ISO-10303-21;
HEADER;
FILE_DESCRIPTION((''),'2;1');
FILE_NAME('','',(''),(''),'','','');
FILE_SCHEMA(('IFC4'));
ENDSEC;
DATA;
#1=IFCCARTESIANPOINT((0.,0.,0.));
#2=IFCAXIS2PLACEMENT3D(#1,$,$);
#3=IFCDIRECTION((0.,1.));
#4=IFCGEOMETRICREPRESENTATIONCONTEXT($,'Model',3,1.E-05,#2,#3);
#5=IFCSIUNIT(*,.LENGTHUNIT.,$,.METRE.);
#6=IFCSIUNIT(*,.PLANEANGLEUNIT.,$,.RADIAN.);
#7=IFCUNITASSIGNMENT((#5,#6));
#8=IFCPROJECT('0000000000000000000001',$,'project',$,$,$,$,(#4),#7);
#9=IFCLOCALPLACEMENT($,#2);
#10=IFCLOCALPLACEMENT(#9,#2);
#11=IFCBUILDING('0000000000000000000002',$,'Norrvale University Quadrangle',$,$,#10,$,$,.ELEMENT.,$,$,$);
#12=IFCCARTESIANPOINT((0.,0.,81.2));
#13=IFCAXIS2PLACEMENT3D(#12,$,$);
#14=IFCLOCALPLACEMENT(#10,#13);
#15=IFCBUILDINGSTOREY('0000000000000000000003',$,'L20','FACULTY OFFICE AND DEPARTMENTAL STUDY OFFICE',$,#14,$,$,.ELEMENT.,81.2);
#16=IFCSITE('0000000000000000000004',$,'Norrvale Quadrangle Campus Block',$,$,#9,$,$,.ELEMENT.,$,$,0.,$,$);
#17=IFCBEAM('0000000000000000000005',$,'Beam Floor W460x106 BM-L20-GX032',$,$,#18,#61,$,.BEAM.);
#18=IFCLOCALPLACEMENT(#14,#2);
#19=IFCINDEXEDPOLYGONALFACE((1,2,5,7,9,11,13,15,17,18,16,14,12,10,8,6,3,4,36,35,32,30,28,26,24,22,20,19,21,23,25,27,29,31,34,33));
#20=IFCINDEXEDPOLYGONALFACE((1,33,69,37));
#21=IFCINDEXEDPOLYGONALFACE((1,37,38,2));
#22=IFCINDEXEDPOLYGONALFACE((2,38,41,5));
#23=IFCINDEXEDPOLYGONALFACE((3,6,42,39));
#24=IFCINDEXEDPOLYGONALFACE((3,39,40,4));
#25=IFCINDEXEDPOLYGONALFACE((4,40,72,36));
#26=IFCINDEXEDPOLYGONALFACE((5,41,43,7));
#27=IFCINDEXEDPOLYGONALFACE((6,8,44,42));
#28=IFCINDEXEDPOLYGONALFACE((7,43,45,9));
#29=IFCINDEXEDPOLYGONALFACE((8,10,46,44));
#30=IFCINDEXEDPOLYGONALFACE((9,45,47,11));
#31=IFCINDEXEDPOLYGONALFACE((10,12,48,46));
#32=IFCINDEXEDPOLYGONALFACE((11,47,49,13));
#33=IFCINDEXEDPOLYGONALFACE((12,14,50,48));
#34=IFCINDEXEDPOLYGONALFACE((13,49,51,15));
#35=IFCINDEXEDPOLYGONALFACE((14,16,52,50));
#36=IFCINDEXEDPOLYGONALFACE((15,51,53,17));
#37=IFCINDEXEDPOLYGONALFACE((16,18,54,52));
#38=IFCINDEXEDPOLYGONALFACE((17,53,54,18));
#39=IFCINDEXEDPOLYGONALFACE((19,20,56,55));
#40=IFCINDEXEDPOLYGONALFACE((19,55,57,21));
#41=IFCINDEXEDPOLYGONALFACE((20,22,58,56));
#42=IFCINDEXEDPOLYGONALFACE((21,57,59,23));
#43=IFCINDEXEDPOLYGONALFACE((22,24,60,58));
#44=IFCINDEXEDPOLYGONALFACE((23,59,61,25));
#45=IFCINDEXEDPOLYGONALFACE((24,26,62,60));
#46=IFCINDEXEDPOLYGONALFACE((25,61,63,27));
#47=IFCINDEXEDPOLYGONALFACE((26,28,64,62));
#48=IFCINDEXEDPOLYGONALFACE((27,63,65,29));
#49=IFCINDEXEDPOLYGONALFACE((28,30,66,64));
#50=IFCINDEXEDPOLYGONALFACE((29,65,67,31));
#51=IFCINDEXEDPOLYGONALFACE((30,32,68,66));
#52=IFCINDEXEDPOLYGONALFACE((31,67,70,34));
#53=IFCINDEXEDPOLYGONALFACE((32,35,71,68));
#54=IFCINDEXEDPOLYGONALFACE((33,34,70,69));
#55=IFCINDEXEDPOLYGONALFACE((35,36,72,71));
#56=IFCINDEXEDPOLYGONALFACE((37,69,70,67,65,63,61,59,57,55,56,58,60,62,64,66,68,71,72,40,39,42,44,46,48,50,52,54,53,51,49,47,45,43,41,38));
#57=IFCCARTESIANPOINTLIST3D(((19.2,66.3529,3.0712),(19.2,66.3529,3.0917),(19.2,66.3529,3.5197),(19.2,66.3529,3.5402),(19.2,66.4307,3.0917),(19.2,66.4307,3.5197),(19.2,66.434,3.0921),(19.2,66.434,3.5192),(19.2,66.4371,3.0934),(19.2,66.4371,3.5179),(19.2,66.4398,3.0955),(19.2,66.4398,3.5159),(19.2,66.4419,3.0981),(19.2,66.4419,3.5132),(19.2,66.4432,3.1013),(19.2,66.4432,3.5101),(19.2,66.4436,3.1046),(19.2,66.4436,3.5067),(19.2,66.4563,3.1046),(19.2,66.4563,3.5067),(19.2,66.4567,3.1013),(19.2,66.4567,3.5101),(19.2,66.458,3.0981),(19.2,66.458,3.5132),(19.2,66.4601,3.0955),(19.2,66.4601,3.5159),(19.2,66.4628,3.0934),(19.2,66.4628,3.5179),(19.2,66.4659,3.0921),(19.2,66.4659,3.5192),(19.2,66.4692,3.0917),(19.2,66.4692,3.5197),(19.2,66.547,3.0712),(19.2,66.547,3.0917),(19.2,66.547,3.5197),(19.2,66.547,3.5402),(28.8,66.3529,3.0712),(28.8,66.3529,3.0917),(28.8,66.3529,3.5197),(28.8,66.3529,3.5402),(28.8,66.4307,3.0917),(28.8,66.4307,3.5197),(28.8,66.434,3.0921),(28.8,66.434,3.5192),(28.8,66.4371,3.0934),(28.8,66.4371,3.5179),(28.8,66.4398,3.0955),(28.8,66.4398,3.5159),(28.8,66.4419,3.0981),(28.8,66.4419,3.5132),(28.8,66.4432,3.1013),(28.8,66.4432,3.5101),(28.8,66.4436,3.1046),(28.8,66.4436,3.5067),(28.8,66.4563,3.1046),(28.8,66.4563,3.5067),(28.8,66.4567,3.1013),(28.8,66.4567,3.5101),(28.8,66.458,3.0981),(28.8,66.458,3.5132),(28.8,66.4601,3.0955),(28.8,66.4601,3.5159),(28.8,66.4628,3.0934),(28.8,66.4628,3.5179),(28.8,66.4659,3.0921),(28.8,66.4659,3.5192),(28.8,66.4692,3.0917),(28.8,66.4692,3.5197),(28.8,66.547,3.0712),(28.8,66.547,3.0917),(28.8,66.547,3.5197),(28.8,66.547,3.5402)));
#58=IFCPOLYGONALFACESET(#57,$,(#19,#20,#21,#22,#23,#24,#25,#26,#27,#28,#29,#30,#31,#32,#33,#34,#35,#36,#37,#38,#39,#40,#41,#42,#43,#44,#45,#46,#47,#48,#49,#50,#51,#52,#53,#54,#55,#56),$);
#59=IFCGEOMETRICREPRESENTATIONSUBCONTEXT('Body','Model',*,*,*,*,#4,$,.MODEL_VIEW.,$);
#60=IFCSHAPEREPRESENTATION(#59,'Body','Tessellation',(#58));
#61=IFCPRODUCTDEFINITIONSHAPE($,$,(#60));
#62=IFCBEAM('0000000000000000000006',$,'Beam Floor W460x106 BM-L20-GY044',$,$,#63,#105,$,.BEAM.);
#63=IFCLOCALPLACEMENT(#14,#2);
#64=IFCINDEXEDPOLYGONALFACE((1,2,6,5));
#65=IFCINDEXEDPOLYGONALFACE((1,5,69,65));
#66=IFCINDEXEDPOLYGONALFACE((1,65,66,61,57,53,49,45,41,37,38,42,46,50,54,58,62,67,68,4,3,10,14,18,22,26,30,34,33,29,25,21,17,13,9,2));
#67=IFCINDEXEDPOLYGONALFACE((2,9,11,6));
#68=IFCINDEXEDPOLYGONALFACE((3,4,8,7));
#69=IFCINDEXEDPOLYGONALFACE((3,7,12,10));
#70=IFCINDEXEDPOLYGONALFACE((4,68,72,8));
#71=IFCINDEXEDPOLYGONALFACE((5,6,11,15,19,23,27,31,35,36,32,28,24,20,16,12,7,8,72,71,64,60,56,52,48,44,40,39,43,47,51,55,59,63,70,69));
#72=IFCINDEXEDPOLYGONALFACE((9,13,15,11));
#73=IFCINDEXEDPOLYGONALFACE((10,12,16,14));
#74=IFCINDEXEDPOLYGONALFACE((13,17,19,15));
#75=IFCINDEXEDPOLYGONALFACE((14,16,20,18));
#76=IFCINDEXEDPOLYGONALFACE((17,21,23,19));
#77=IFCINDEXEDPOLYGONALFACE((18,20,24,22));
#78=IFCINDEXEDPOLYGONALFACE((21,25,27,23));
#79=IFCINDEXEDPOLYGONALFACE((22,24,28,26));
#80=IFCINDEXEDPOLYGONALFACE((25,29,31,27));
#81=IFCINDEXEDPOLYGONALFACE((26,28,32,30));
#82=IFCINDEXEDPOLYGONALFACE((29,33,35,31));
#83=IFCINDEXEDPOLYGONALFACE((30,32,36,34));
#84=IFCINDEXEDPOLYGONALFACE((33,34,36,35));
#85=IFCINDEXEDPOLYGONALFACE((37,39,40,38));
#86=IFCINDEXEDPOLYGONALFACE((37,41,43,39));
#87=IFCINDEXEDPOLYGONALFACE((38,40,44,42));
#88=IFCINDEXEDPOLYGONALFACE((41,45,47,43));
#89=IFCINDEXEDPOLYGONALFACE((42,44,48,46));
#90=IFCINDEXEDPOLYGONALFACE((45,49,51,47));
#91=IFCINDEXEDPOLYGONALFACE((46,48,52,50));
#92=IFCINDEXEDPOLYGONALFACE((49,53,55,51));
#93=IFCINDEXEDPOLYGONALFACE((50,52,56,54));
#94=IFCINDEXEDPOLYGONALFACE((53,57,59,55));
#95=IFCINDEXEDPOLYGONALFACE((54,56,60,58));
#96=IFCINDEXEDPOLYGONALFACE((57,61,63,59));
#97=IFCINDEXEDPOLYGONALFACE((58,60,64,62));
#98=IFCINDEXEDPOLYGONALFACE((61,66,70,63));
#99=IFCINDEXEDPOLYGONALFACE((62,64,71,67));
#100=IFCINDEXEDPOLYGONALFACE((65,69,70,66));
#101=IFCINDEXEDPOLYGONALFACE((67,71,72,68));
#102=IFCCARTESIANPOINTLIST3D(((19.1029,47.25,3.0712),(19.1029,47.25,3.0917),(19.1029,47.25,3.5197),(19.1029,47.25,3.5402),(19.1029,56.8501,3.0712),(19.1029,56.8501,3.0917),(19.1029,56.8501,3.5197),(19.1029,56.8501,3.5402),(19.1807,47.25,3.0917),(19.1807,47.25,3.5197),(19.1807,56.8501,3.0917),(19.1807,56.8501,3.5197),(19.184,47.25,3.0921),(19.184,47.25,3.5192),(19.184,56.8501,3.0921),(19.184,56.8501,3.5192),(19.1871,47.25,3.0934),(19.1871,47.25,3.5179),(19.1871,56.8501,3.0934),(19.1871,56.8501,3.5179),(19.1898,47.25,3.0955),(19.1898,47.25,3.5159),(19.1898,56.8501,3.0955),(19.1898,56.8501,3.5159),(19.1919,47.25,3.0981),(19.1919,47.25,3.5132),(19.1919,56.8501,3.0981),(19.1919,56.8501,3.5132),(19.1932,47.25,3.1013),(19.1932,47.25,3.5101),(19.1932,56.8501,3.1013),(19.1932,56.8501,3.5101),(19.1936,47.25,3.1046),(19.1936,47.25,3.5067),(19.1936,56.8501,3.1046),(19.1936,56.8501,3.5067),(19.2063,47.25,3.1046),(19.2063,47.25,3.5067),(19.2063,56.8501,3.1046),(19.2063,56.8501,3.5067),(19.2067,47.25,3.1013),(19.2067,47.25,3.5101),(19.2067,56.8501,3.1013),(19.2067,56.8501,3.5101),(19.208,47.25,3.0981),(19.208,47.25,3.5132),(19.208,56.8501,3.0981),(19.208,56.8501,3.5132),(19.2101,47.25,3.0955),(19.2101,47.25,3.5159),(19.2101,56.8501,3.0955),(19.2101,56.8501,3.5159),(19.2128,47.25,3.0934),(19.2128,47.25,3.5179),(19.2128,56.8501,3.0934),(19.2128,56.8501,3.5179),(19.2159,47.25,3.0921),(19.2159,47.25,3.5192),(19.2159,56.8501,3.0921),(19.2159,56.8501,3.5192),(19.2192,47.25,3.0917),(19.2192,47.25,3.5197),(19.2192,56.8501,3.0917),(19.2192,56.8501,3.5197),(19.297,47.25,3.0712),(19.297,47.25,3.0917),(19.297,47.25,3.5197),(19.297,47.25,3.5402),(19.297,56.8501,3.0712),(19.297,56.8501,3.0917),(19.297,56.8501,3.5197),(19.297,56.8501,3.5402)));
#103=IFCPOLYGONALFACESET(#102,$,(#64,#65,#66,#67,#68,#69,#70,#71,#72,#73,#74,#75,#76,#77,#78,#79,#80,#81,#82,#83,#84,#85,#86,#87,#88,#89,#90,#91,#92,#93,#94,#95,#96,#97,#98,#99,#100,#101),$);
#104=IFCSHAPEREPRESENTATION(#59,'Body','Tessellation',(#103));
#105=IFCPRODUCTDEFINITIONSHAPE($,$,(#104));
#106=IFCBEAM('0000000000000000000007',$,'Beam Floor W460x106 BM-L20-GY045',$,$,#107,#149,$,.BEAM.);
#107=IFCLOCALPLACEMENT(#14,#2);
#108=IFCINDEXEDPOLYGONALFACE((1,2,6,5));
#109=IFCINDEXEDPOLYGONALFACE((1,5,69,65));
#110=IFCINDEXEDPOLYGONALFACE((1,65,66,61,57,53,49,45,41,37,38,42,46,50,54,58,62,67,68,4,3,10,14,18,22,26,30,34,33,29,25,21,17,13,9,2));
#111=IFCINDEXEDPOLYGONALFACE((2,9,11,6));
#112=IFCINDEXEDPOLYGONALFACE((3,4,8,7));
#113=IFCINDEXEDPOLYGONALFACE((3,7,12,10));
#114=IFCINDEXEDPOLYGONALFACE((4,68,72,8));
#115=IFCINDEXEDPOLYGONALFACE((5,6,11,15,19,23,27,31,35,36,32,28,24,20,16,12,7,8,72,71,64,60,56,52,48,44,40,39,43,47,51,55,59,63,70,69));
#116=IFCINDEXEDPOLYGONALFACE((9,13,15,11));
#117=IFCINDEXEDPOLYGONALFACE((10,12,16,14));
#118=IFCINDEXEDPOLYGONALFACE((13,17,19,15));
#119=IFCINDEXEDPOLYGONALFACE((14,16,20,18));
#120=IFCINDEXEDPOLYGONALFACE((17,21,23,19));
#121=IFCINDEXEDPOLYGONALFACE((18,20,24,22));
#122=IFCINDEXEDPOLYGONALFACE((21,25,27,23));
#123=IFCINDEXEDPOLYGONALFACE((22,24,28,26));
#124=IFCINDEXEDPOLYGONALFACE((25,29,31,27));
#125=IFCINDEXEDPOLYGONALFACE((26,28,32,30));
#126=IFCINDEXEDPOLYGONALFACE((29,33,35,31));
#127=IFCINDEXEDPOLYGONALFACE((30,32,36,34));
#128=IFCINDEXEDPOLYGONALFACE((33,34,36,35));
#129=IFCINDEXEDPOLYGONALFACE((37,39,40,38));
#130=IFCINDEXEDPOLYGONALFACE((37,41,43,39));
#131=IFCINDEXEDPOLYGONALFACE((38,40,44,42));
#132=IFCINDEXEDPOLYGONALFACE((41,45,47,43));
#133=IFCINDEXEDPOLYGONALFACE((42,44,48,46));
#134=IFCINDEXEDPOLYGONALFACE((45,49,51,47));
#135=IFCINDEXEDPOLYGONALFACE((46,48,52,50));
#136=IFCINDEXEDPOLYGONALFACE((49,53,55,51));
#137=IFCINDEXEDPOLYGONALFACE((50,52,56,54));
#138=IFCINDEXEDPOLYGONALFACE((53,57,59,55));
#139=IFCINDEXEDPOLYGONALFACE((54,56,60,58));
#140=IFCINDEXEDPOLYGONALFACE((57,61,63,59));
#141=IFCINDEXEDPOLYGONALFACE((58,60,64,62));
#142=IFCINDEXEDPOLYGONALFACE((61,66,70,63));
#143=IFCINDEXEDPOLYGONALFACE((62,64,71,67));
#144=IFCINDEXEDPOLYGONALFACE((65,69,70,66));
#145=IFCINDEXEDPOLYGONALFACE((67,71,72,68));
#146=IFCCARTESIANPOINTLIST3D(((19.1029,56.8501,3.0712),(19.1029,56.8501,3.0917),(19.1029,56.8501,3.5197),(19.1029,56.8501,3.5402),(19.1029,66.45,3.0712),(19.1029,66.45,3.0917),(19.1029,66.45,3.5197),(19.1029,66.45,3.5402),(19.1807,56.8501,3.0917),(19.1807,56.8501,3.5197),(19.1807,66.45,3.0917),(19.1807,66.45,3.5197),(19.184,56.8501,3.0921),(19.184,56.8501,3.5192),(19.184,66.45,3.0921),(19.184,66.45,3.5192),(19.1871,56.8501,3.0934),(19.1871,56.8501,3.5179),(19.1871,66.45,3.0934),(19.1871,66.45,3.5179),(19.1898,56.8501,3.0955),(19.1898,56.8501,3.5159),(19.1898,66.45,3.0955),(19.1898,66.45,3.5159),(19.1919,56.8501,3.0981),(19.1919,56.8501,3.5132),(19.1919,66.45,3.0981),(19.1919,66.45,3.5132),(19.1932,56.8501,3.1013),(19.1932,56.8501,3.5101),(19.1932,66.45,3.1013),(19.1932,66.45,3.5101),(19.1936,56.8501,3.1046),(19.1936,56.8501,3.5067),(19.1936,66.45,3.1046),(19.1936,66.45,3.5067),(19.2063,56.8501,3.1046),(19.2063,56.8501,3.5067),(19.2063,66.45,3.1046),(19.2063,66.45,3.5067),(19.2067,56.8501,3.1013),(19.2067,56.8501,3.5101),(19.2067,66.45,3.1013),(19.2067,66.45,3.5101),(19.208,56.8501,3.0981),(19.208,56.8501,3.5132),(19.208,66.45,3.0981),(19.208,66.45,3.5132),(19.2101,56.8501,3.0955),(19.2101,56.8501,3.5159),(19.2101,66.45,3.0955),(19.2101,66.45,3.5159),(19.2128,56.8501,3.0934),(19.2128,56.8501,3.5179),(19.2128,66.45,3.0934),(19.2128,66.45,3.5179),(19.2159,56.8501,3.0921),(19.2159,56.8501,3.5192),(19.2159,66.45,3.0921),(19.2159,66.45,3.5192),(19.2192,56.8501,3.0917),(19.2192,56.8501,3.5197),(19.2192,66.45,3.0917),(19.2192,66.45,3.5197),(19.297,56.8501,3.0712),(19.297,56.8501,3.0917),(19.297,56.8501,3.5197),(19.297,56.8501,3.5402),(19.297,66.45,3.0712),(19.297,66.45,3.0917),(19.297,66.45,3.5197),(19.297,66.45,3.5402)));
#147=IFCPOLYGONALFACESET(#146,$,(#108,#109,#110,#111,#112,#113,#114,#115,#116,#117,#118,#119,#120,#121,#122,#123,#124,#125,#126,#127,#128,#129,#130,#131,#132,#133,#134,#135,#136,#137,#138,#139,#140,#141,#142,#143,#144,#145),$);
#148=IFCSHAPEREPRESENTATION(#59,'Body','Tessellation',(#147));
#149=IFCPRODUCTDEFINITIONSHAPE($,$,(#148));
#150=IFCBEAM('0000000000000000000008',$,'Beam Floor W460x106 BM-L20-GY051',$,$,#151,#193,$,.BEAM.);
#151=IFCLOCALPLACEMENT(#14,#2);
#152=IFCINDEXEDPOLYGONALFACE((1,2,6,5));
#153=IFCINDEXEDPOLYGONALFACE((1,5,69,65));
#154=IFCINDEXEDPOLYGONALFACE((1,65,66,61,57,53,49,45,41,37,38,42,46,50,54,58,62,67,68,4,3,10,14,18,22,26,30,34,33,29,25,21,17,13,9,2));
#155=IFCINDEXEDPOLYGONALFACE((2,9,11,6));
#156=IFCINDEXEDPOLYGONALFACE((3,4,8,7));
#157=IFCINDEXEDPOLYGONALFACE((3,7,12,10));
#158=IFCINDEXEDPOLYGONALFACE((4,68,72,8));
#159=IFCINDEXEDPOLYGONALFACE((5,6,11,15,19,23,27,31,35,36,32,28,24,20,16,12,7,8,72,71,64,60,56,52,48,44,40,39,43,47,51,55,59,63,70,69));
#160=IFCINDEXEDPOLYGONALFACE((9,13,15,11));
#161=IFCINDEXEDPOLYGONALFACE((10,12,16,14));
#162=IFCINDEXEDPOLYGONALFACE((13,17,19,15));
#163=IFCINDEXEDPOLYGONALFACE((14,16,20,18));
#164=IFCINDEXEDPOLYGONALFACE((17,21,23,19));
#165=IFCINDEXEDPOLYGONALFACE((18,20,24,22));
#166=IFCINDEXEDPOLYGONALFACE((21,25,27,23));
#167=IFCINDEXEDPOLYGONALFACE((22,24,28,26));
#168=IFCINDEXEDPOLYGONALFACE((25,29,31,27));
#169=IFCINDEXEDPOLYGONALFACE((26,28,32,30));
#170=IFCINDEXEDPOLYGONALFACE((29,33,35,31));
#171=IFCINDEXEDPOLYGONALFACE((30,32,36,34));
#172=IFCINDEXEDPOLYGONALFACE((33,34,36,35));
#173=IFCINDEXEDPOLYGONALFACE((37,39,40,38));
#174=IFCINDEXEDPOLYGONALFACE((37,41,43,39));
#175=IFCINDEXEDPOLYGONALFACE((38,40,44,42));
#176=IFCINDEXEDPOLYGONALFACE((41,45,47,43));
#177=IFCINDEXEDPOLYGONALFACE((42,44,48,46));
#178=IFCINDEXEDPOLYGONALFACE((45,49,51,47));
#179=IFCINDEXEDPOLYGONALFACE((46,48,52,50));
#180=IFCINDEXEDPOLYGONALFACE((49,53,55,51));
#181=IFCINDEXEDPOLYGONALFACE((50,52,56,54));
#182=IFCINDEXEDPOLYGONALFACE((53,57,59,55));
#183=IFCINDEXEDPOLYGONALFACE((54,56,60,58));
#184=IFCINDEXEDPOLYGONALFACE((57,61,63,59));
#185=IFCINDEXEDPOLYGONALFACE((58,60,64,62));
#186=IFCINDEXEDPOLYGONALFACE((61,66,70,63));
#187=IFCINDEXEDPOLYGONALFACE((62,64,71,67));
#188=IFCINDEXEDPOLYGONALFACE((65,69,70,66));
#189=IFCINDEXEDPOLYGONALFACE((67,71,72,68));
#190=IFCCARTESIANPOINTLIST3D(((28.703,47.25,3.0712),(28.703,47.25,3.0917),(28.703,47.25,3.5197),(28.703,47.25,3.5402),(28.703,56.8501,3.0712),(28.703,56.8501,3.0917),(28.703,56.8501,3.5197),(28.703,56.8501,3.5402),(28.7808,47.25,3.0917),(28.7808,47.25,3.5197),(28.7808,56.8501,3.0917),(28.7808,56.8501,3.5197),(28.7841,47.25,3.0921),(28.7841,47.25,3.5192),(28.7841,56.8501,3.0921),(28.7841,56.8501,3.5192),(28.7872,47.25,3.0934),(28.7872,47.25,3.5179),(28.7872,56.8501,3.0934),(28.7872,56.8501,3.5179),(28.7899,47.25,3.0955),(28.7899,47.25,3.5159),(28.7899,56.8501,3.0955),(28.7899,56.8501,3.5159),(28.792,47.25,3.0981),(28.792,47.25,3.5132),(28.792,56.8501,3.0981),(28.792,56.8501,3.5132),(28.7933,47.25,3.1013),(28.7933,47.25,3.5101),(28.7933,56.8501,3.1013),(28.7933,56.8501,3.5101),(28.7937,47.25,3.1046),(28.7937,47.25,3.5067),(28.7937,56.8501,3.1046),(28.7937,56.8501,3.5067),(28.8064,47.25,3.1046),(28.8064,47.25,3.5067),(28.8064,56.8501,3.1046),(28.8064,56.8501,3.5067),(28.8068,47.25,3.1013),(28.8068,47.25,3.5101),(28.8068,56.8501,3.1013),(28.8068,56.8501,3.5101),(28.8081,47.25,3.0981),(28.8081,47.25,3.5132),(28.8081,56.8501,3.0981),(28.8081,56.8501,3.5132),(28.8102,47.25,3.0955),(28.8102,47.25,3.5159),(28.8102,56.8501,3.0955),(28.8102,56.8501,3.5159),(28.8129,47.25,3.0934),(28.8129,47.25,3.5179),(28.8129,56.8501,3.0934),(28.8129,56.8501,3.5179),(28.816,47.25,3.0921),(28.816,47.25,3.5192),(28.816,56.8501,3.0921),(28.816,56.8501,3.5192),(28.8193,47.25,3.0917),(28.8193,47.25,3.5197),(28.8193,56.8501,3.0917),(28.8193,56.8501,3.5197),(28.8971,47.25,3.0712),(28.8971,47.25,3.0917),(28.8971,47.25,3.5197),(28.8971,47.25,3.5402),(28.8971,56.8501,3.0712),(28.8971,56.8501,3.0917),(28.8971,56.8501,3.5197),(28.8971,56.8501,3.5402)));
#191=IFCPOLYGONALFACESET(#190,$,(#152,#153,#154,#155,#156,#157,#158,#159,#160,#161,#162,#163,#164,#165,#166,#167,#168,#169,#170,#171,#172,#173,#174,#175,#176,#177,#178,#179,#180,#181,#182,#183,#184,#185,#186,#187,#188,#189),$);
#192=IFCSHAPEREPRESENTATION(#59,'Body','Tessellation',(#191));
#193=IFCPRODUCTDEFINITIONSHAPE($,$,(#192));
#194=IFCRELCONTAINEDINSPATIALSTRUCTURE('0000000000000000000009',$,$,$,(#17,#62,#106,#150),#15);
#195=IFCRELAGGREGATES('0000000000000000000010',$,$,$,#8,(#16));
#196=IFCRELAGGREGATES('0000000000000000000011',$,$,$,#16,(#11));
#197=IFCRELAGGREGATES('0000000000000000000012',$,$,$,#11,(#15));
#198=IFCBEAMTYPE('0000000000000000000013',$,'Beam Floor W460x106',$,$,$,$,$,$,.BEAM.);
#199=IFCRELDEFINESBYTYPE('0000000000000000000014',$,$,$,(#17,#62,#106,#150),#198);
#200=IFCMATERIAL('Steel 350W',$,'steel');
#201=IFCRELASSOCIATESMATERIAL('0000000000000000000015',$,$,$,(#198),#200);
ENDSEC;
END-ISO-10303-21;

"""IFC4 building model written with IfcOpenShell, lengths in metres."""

from ifc_helpers import new_model, si_unit, direction, frame, origin, origin_2d, place, context, subcontext, project, spatial, i_section, extrude, material, material_profile, profile_set, type_object, element, save


model = new_model("IFC4")

# Units and contexts
model_context = context("Model", 3, precision=1e-05, world=origin(), true_north=direction((0.0, 1.0)))
body_context = subcontext(model_context, "Body", "Model", "MODEL_VIEW")
ifc_project = project(units=[si_unit("LENGTHUNIT", "METRE"), si_unit("PLANEANGLEUNIT", "RADIAN")], contexts=[model_context])

# Site, building, storey
site_placement = place(None, origin())
site = spatial("IfcSite", under=ifc_project, at=site_placement, Name="Norrvale Quadrangle Campus Block", CompositionType="ELEMENT", RefElevation=0.0)
building_placement = place(site_placement, origin())
building = spatial("IfcBuilding", under=site, at=building_placement, Name="Norrvale University Quadrangle", CompositionType="ELEMENT")
storey_placement = place(building_placement, frame((0.0, 0.0, 81.2)))
storey = spatial("IfcBuildingStorey", under=building, at=storey_placement, Name="L20", Description="FACULTY OFFICE AND DEPARTMENTAL STUDY OFFICE", CompositionType="ELEMENT", Elevation=81.2)

# Beams
ifc_material_1 = material(Name="Steel 350W", Category="steel")
ifc_material_profile_1 = material_profile(ifc_material_1, i_section(OverallWidth=0.1941, OverallDepth=0.469, WebThickness=0.0127, FlangeThickness=0.0205, FilletRadius=0.0129, at=origin_2d()), Name="Steel 350W")
ifc_profile_set_1 = profile_set([ifc_material_profile_1], Name="Steel 350W")
beam_type_1 = type_object("IfcBeamType", Name="Beam Floor W460x106", PredefinedType="BEAM", material=ifc_profile_set_1)
for number, where, z_axis, x_axis, name in (
    (1, (19.2, 66.45, 3.3057), (1.0, 0.0, 0.0), (0.0, 1.0, 0.0), "Beam Floor W460x106 BM-L20-GX032"),
    (2, (19.2, 47.25, 3.3057), (0.0, 1.0, 0.0), (-1.0, 0.0, 0.0), "Beam Floor W460x106 BM-L20-GY044"),
):
    element("IfcBeam", number, at=place(storey_placement, frame(where, z_axis=z_axis, x_axis=x_axis)), inside=storey, type_object=beam_type_1, Name=name, PredefinedType="BEAM", context=body_context, shape_type="SweptSolid", body=[
        extrude(i_section(OverallWidth=0.1941, OverallDepth=0.469, WebThickness=0.0127, FlangeThickness=0.0205, FilletRadius=0.0129, at=origin_2d()), origin(), (0.0, 0.0, 1.0), 9.6001),
    ])
beam_1_placement = place(storey_placement, frame((19.2, 56.8501, 3.3057), z_axis=(0.0, 1.0, 0.0), x_axis=(-1.0, 0.0, 0.0)))
element("IfcBeam", 3, at=beam_1_placement, inside=storey, type_object=beam_type_1, Name="Beam Floor W460x106 BM-L20-GY045", PredefinedType="BEAM", context=body_context, shape_type="SweptSolid", body=[
    extrude(i_section(OverallWidth=0.1941, OverallDepth=0.469, WebThickness=0.0127, FlangeThickness=0.0205, FilletRadius=0.0129, at=origin_2d()), origin(), (0.0, 0.0, 1.0), 9.5999),
])
beam_2_placement = place(storey_placement, frame((28.8, 47.25, 3.3057), z_axis=(0.0, 1.0, 0.0), x_axis=(-1.0, 0.0, 0.0)))
element("IfcBeam", 4, at=beam_2_placement, inside=storey, type_object=beam_type_1, Name="Beam Floor W460x106 BM-L20-GY051", PredefinedType="BEAM", context=body_context, shape_type="SweptSolid", body=[
    extrude(i_section(OverallWidth=0.1941, OverallDepth=0.469, WebThickness=0.0127, FlangeThickness=0.0205, FilletRadius=0.0129, at=origin_2d()), origin(), (0.0, 0.0, 1.0), 9.6001),
])

save(model, "model.ifc")
